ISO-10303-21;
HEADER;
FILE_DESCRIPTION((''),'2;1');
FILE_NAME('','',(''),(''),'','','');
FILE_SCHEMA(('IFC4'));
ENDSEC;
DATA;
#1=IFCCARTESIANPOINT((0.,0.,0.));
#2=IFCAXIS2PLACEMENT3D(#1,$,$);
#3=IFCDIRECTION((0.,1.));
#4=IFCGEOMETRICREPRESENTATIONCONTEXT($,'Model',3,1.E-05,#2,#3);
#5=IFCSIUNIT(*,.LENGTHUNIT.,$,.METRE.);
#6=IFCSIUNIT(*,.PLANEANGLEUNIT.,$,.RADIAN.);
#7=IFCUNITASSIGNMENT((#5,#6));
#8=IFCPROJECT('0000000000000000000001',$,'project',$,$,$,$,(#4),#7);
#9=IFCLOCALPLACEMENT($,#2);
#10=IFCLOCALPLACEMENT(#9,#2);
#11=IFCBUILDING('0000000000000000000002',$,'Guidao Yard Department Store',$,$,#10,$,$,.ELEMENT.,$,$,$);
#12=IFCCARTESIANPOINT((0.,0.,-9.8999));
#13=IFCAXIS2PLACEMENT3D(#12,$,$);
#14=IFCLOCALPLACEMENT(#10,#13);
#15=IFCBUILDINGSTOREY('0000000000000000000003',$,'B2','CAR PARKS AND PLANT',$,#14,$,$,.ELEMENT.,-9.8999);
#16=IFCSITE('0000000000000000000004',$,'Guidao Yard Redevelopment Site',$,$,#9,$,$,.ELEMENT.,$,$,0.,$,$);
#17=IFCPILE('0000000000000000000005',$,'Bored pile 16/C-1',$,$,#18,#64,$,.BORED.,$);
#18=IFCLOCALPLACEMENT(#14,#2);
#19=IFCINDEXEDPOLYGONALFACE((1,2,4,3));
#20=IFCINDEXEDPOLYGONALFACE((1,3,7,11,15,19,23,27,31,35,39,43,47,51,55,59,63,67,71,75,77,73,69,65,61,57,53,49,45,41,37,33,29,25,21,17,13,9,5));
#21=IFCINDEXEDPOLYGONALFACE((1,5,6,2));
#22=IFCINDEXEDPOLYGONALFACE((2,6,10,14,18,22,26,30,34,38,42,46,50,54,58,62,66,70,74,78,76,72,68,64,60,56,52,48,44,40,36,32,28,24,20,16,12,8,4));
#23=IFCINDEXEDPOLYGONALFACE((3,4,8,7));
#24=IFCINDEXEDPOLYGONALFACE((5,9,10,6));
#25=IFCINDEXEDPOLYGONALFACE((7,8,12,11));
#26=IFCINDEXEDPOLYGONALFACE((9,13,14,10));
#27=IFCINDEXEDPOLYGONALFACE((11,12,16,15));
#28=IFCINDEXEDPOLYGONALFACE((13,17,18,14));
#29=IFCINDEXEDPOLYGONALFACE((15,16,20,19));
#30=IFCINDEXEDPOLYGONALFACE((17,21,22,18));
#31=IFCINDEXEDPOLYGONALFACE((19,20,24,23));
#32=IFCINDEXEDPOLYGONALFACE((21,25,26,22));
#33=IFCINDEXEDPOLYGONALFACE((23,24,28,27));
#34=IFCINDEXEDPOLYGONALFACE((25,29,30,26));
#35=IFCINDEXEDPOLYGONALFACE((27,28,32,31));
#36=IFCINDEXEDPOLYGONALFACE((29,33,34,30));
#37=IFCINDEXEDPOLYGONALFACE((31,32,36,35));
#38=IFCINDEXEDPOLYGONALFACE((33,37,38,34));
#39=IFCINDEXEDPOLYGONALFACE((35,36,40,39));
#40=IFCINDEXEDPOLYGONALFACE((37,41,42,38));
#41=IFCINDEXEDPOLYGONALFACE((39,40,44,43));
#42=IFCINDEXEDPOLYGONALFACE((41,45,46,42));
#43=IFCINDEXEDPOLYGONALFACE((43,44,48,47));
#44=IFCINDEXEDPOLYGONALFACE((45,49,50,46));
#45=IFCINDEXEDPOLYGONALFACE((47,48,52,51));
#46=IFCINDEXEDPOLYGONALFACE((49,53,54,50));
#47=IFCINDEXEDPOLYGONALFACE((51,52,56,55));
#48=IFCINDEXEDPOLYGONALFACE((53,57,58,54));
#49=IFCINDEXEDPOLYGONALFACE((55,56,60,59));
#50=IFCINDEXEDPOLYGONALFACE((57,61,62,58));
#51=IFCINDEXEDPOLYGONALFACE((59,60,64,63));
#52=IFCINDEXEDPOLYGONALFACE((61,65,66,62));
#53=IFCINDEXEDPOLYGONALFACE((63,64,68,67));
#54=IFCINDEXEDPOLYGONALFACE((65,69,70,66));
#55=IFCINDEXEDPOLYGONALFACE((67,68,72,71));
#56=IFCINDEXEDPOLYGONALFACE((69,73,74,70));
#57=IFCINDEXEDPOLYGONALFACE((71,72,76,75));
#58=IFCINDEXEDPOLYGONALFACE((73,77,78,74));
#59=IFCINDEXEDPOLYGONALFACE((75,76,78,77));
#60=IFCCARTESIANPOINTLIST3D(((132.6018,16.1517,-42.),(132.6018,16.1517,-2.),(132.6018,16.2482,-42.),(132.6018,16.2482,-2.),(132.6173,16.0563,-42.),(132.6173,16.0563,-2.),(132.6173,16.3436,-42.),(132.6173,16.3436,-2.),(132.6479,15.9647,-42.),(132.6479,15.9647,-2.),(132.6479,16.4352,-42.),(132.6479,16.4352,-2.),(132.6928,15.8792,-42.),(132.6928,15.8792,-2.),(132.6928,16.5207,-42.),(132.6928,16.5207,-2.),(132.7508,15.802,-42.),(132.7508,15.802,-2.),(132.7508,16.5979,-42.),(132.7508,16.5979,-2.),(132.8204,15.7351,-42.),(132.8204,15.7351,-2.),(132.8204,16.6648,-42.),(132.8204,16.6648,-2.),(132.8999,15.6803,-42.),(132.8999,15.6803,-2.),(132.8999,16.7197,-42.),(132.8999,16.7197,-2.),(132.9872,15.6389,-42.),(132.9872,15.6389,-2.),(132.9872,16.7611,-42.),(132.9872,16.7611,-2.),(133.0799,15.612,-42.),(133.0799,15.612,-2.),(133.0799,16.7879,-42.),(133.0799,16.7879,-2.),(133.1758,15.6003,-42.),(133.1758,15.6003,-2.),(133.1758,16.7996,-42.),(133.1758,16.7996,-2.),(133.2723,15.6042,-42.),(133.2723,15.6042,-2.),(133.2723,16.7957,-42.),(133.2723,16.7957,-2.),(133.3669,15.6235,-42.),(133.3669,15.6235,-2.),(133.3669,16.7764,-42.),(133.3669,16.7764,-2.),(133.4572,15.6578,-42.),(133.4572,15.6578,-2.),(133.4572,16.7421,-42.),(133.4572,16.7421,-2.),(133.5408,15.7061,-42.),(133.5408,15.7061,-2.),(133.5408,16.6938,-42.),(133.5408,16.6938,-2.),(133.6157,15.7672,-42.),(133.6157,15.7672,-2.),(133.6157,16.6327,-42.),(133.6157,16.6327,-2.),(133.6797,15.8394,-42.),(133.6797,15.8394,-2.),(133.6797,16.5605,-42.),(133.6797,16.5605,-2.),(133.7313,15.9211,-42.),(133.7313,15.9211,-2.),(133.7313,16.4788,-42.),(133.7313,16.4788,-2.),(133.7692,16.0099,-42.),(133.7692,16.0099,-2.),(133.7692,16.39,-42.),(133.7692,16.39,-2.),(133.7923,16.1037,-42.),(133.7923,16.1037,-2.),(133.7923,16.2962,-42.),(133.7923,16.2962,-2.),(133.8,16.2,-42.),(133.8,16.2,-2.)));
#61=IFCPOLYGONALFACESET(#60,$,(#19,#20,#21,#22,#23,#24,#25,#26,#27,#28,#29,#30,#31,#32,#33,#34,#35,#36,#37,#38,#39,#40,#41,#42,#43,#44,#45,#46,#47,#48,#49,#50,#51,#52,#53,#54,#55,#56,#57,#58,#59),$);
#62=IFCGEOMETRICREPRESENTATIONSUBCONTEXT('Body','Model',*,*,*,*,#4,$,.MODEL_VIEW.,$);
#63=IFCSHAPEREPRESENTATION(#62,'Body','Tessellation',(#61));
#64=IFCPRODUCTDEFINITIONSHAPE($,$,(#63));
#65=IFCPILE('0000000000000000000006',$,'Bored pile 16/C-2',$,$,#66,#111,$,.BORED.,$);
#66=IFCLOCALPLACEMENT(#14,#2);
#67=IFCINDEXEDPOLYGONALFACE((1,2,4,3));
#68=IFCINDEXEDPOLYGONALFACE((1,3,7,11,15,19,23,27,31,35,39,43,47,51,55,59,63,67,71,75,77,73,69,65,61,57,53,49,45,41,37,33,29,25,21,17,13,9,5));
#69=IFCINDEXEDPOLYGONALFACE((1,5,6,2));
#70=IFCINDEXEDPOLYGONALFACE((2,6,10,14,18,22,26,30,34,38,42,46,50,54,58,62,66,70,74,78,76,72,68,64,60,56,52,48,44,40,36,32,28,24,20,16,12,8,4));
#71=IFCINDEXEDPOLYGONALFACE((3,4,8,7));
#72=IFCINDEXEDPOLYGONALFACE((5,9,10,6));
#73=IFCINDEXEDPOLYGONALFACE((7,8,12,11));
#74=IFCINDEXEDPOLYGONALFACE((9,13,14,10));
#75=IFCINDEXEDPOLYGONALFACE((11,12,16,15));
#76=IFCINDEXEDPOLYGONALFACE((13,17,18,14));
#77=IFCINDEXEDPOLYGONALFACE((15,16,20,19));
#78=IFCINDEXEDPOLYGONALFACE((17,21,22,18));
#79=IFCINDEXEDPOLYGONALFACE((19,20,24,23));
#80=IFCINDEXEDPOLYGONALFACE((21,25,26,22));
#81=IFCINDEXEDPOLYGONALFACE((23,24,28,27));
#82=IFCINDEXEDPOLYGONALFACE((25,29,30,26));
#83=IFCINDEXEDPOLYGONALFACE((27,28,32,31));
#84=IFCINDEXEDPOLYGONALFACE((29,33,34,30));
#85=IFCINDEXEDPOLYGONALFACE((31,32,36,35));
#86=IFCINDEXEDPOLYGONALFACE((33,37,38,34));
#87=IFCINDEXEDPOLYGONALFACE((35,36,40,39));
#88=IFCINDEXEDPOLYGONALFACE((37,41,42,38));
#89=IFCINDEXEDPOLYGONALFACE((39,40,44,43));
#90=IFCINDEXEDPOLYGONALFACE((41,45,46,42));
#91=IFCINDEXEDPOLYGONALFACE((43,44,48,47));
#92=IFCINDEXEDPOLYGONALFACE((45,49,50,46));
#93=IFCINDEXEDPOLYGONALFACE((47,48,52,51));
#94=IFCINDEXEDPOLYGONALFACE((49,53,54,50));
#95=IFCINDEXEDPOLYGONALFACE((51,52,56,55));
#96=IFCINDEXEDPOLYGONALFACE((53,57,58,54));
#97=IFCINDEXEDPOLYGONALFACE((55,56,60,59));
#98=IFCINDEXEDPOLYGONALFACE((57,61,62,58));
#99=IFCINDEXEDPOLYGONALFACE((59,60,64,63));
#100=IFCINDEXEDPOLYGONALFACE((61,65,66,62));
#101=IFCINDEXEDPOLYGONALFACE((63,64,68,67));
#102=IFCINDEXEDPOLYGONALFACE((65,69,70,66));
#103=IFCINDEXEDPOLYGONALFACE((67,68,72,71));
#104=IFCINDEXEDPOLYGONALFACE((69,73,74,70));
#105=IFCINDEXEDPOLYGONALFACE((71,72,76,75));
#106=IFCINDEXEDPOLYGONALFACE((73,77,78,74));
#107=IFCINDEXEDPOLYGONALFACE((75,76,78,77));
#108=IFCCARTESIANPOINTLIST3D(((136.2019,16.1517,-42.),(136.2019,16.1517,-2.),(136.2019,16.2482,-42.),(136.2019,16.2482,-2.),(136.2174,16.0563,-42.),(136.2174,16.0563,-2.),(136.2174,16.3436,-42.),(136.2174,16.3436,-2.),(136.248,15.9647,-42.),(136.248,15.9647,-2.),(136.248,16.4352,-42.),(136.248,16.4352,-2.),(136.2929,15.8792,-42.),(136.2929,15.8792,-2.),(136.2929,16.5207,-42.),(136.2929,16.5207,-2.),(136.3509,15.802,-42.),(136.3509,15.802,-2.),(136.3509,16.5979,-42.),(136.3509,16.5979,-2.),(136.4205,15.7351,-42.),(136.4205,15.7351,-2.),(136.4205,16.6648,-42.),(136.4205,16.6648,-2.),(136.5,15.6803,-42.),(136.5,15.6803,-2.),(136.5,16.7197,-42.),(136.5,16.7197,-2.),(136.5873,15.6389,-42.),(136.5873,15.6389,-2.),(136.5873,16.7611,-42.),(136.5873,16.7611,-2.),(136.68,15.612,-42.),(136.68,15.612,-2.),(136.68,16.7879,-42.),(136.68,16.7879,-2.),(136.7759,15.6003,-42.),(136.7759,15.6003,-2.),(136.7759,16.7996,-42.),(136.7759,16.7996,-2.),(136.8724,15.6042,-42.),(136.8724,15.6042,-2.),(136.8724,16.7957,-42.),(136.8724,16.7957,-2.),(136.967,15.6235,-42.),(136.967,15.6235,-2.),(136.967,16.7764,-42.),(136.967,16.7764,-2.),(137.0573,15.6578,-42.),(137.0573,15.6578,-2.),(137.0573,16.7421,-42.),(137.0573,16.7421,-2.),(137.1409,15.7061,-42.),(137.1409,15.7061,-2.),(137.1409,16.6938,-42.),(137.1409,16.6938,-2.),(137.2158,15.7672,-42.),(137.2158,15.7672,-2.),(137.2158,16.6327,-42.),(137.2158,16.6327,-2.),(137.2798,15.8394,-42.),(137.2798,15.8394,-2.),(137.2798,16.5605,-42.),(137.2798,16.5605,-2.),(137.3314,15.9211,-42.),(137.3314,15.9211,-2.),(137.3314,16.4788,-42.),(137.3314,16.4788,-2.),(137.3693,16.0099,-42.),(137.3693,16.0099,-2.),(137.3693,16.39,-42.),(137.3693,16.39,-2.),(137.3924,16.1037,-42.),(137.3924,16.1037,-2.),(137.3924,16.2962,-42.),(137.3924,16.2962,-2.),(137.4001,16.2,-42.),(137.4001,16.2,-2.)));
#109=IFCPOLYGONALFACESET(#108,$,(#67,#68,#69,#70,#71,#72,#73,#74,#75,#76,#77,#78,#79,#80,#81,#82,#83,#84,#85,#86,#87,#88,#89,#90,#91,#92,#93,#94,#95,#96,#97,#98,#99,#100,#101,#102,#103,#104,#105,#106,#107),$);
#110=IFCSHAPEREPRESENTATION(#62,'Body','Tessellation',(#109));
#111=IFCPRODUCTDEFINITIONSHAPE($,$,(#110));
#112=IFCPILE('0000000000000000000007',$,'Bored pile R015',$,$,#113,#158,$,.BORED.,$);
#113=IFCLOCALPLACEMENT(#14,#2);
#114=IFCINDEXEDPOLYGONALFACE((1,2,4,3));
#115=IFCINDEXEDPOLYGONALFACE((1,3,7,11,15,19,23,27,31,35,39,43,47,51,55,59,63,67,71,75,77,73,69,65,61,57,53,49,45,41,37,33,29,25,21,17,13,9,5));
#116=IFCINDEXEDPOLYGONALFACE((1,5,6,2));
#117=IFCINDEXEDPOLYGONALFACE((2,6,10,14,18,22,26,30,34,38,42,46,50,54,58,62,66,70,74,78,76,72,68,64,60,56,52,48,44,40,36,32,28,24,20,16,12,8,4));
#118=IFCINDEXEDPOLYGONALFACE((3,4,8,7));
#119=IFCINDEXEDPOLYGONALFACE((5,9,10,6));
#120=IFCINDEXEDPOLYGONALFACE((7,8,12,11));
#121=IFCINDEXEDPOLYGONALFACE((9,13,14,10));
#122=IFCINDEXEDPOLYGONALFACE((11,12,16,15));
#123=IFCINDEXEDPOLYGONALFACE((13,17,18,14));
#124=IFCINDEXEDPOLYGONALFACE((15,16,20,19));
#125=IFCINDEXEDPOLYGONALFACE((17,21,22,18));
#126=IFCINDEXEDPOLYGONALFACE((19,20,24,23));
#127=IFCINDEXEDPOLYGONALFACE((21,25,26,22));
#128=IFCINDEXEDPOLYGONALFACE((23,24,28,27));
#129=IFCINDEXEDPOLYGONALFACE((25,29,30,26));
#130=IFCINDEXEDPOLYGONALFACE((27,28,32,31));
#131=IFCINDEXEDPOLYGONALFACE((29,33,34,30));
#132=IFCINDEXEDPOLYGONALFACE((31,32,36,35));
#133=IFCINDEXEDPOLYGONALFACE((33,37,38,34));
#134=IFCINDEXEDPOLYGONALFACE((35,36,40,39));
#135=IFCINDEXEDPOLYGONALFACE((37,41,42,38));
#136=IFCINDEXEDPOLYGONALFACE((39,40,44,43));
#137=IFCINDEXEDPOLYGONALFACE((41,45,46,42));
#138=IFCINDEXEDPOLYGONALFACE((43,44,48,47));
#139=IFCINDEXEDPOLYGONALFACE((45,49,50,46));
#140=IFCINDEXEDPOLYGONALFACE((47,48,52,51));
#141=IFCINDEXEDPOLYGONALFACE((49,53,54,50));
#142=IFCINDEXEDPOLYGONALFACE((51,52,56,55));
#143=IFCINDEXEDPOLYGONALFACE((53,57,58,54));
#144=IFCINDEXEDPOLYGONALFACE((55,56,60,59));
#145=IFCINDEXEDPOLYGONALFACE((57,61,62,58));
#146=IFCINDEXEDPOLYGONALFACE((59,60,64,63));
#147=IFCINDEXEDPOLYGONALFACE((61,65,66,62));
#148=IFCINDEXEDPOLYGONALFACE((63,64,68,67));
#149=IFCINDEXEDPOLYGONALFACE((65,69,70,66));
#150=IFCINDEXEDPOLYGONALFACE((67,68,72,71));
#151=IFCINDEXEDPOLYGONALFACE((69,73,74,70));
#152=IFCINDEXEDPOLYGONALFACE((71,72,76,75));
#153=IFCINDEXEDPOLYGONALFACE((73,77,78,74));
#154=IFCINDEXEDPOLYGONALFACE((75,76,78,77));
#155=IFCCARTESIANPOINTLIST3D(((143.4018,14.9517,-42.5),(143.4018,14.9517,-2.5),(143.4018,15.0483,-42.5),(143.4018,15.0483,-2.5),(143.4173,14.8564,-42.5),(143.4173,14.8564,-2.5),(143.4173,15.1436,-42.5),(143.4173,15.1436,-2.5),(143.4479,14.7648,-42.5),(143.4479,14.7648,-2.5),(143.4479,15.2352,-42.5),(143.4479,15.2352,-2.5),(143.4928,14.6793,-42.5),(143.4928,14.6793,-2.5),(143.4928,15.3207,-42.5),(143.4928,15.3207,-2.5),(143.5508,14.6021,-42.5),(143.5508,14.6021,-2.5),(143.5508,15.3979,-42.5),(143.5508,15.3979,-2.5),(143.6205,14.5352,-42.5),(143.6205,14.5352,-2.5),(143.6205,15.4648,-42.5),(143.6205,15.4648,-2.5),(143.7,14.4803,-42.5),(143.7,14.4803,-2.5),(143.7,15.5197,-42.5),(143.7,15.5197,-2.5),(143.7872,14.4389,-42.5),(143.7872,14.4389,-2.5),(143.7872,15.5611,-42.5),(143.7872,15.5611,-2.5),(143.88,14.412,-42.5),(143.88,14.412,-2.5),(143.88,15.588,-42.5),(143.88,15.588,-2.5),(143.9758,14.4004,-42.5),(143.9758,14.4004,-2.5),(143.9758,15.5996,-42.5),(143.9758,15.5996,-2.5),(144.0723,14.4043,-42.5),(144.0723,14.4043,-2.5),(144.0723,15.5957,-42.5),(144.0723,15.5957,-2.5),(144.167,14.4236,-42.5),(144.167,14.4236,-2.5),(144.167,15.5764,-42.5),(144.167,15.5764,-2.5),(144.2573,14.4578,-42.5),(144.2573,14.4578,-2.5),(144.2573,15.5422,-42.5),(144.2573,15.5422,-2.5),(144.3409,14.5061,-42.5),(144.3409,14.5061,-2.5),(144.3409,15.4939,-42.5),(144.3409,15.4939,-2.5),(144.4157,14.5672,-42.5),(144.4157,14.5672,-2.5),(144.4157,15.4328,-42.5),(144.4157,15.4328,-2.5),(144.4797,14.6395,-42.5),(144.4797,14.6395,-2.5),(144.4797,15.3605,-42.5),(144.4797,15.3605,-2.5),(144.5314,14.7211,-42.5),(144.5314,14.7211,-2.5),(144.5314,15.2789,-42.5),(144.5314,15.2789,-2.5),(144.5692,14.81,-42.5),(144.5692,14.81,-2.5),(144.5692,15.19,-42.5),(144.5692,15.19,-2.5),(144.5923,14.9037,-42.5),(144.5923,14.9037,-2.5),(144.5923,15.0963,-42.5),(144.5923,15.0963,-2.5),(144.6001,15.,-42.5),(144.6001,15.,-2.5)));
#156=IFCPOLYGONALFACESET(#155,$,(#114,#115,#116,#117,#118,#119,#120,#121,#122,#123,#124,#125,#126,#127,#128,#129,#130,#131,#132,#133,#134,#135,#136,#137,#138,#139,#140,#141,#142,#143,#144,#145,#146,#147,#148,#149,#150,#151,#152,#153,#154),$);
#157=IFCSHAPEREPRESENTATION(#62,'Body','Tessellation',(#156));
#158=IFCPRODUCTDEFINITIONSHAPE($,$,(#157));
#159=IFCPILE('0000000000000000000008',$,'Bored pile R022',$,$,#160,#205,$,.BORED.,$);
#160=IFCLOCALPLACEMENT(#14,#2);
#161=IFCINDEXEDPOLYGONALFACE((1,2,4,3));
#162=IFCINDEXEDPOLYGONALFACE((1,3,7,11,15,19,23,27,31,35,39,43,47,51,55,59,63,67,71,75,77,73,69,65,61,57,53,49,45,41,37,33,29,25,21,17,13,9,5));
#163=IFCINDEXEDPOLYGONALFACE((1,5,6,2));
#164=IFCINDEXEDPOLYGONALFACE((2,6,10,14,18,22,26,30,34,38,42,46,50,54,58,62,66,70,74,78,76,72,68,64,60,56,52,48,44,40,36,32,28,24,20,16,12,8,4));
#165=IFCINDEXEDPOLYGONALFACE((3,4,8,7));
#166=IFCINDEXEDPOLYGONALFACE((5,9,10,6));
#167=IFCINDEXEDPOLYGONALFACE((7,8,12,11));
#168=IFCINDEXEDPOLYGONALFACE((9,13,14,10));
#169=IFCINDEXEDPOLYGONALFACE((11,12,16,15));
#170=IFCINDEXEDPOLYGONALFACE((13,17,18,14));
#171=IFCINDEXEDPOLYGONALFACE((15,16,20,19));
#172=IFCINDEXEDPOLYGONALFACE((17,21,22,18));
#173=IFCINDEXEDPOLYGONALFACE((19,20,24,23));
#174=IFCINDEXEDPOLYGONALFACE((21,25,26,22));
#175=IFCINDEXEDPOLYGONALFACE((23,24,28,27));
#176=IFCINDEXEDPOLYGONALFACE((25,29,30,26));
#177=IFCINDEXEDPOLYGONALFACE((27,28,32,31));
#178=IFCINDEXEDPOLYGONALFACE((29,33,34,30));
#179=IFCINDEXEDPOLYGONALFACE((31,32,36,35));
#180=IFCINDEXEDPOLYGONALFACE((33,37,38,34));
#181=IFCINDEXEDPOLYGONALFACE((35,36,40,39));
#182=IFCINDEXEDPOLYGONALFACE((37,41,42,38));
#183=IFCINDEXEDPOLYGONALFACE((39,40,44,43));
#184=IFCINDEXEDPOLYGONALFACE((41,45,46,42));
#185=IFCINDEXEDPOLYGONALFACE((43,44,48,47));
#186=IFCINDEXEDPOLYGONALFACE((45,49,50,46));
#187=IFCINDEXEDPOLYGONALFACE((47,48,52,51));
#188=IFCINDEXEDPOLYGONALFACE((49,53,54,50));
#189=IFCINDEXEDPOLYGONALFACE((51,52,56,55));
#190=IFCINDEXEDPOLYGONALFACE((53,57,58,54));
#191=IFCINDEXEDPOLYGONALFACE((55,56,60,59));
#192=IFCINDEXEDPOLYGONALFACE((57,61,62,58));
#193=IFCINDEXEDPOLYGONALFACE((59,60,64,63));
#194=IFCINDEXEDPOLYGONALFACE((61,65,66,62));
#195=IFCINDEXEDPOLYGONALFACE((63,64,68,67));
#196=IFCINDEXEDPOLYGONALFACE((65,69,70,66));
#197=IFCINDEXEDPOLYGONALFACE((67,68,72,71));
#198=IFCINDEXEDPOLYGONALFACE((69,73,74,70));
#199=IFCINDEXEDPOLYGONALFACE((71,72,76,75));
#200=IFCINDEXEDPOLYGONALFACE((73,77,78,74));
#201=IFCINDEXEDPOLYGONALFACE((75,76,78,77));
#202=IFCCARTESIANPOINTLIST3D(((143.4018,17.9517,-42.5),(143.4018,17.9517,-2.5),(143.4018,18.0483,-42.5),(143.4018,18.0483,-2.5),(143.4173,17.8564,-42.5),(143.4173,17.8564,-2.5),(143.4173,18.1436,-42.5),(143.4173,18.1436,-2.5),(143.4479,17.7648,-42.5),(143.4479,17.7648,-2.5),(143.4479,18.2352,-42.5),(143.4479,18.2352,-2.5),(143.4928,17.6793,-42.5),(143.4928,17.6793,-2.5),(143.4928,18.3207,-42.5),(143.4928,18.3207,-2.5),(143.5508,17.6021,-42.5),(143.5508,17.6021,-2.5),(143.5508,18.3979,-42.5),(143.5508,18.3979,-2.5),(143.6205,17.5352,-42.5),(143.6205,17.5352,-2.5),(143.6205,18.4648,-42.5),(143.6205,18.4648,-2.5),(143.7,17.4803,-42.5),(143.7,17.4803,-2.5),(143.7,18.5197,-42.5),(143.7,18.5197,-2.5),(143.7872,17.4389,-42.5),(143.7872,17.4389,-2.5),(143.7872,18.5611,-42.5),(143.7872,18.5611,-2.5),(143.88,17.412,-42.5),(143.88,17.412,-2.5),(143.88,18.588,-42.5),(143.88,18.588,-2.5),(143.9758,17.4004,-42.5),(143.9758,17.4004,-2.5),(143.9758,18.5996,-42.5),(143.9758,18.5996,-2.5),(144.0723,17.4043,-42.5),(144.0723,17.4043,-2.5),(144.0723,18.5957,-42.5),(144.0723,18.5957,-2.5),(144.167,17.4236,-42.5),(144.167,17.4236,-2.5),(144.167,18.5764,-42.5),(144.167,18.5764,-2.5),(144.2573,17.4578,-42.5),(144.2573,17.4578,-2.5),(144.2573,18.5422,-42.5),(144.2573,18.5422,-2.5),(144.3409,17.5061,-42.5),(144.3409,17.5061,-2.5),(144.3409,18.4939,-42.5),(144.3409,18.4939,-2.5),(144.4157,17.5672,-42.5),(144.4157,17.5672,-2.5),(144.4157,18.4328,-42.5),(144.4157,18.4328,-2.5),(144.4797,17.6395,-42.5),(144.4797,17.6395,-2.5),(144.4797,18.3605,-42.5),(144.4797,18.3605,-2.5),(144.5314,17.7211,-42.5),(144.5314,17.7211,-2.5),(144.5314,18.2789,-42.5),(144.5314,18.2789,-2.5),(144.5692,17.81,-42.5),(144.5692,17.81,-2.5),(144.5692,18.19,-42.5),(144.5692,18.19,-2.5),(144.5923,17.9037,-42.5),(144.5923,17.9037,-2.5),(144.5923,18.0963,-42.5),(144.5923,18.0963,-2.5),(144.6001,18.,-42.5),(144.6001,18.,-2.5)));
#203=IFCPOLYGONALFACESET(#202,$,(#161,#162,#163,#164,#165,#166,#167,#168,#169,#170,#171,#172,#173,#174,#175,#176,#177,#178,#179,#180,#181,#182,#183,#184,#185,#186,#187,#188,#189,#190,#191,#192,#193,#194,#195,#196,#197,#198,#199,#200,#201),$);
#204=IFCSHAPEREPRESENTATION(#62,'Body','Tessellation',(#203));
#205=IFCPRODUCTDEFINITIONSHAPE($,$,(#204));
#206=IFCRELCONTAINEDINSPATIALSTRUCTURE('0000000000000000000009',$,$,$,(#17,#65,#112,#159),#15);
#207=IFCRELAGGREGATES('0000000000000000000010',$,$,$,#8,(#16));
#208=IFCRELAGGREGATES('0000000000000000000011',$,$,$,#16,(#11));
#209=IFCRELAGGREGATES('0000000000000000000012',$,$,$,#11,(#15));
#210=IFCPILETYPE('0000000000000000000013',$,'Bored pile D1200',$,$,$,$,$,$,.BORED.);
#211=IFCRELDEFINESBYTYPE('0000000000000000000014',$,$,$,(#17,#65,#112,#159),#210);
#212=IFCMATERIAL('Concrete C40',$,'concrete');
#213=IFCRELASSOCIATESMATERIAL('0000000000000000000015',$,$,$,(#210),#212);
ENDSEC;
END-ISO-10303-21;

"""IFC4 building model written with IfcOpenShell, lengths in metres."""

from ifc_helpers import new_model, si_unit, direction, frame, origin, origin_2d, place, context, subcontext, project, spatial, circle, extrude, material, material_profile, profile_set, type_object, element, save


model = new_model("IFC4")

# Units and contexts
model_context = context("Model", 3, precision=1e-05, world=origin(), true_north=direction((0.0, 1.0)))
body_context = subcontext(model_context, "Body", "Model", "MODEL_VIEW")
ifc_project = project(units=[si_unit("LENGTHUNIT", "METRE"), si_unit("PLANEANGLEUNIT", "RADIAN")], contexts=[model_context])

# Site, building, storey
site_placement = place(None, origin())
site = spatial("IfcSite", under=ifc_project, at=site_placement, Name="Guidao Yard Redevelopment Site", CompositionType="ELEMENT", RefElevation=0.0)
building_placement = place(site_placement, origin())
building = spatial("IfcBuilding", under=site, at=building_placement, Name="Guidao Yard Department Store", CompositionType="ELEMENT")
storey_placement = place(building_placement, frame((0.0, 0.0, -9.8999)))
storey = spatial("IfcBuildingStorey", under=building, at=storey_placement, Name="B2", Description="CAR PARKS AND PLANT", CompositionType="ELEMENT", Elevation=-9.8999)

# Piles
ifc_material_1 = material(Name="Concrete C40", Category="concrete")
ifc_material_profile_1 = material_profile(ifc_material_1, circle(Radius=0.6001, at=origin_2d()), Name="Bored pile D1200")
ifc_profile_set_1 = profile_set([ifc_material_profile_1], Name="Concrete C40")
pile_type = type_object("IfcPileType", Name="Bored pile D1200", PredefinedType="BORED", material=ifc_profile_set_1)
for number, where, z_axis, x_axis, name in (
    (1, (133.2, 16.2, -2.0), (0.0, 0.0, -1.0), (1.0, 0.0, 0.0), "Bored pile 16/C-1"),
    (2, (136.8, 16.2, -2.0), (0.0, 0.0, -1.0), (1.0, 0.0, 0.0), "Bored pile 16/C-2"),
    (3, (144.0, 15.0, -2.5), (0.0, 0.0, -1.0), (1.0, 0.0, 0.0), "Bored pile R015"),
    (4, (144.0, 18.0, -2.5), (0.0, 0.0, -1.0), (1.0, 0.0, 0.0), "Bored pile R022"),
):
    element("IfcPile", number, at=place(storey_placement, frame(where, z_axis=z_axis, x_axis=x_axis)), inside=storey, type_object=pile_type, Name=name, PredefinedType="BORED", context=body_context, shape_type="SweptSolid", body=[
        extrude(circle(Radius=0.6001, at=origin_2d()), origin(), (0.0, 0.0, 1.0), 40.0),
    ])

save(model, "model.ifc")
